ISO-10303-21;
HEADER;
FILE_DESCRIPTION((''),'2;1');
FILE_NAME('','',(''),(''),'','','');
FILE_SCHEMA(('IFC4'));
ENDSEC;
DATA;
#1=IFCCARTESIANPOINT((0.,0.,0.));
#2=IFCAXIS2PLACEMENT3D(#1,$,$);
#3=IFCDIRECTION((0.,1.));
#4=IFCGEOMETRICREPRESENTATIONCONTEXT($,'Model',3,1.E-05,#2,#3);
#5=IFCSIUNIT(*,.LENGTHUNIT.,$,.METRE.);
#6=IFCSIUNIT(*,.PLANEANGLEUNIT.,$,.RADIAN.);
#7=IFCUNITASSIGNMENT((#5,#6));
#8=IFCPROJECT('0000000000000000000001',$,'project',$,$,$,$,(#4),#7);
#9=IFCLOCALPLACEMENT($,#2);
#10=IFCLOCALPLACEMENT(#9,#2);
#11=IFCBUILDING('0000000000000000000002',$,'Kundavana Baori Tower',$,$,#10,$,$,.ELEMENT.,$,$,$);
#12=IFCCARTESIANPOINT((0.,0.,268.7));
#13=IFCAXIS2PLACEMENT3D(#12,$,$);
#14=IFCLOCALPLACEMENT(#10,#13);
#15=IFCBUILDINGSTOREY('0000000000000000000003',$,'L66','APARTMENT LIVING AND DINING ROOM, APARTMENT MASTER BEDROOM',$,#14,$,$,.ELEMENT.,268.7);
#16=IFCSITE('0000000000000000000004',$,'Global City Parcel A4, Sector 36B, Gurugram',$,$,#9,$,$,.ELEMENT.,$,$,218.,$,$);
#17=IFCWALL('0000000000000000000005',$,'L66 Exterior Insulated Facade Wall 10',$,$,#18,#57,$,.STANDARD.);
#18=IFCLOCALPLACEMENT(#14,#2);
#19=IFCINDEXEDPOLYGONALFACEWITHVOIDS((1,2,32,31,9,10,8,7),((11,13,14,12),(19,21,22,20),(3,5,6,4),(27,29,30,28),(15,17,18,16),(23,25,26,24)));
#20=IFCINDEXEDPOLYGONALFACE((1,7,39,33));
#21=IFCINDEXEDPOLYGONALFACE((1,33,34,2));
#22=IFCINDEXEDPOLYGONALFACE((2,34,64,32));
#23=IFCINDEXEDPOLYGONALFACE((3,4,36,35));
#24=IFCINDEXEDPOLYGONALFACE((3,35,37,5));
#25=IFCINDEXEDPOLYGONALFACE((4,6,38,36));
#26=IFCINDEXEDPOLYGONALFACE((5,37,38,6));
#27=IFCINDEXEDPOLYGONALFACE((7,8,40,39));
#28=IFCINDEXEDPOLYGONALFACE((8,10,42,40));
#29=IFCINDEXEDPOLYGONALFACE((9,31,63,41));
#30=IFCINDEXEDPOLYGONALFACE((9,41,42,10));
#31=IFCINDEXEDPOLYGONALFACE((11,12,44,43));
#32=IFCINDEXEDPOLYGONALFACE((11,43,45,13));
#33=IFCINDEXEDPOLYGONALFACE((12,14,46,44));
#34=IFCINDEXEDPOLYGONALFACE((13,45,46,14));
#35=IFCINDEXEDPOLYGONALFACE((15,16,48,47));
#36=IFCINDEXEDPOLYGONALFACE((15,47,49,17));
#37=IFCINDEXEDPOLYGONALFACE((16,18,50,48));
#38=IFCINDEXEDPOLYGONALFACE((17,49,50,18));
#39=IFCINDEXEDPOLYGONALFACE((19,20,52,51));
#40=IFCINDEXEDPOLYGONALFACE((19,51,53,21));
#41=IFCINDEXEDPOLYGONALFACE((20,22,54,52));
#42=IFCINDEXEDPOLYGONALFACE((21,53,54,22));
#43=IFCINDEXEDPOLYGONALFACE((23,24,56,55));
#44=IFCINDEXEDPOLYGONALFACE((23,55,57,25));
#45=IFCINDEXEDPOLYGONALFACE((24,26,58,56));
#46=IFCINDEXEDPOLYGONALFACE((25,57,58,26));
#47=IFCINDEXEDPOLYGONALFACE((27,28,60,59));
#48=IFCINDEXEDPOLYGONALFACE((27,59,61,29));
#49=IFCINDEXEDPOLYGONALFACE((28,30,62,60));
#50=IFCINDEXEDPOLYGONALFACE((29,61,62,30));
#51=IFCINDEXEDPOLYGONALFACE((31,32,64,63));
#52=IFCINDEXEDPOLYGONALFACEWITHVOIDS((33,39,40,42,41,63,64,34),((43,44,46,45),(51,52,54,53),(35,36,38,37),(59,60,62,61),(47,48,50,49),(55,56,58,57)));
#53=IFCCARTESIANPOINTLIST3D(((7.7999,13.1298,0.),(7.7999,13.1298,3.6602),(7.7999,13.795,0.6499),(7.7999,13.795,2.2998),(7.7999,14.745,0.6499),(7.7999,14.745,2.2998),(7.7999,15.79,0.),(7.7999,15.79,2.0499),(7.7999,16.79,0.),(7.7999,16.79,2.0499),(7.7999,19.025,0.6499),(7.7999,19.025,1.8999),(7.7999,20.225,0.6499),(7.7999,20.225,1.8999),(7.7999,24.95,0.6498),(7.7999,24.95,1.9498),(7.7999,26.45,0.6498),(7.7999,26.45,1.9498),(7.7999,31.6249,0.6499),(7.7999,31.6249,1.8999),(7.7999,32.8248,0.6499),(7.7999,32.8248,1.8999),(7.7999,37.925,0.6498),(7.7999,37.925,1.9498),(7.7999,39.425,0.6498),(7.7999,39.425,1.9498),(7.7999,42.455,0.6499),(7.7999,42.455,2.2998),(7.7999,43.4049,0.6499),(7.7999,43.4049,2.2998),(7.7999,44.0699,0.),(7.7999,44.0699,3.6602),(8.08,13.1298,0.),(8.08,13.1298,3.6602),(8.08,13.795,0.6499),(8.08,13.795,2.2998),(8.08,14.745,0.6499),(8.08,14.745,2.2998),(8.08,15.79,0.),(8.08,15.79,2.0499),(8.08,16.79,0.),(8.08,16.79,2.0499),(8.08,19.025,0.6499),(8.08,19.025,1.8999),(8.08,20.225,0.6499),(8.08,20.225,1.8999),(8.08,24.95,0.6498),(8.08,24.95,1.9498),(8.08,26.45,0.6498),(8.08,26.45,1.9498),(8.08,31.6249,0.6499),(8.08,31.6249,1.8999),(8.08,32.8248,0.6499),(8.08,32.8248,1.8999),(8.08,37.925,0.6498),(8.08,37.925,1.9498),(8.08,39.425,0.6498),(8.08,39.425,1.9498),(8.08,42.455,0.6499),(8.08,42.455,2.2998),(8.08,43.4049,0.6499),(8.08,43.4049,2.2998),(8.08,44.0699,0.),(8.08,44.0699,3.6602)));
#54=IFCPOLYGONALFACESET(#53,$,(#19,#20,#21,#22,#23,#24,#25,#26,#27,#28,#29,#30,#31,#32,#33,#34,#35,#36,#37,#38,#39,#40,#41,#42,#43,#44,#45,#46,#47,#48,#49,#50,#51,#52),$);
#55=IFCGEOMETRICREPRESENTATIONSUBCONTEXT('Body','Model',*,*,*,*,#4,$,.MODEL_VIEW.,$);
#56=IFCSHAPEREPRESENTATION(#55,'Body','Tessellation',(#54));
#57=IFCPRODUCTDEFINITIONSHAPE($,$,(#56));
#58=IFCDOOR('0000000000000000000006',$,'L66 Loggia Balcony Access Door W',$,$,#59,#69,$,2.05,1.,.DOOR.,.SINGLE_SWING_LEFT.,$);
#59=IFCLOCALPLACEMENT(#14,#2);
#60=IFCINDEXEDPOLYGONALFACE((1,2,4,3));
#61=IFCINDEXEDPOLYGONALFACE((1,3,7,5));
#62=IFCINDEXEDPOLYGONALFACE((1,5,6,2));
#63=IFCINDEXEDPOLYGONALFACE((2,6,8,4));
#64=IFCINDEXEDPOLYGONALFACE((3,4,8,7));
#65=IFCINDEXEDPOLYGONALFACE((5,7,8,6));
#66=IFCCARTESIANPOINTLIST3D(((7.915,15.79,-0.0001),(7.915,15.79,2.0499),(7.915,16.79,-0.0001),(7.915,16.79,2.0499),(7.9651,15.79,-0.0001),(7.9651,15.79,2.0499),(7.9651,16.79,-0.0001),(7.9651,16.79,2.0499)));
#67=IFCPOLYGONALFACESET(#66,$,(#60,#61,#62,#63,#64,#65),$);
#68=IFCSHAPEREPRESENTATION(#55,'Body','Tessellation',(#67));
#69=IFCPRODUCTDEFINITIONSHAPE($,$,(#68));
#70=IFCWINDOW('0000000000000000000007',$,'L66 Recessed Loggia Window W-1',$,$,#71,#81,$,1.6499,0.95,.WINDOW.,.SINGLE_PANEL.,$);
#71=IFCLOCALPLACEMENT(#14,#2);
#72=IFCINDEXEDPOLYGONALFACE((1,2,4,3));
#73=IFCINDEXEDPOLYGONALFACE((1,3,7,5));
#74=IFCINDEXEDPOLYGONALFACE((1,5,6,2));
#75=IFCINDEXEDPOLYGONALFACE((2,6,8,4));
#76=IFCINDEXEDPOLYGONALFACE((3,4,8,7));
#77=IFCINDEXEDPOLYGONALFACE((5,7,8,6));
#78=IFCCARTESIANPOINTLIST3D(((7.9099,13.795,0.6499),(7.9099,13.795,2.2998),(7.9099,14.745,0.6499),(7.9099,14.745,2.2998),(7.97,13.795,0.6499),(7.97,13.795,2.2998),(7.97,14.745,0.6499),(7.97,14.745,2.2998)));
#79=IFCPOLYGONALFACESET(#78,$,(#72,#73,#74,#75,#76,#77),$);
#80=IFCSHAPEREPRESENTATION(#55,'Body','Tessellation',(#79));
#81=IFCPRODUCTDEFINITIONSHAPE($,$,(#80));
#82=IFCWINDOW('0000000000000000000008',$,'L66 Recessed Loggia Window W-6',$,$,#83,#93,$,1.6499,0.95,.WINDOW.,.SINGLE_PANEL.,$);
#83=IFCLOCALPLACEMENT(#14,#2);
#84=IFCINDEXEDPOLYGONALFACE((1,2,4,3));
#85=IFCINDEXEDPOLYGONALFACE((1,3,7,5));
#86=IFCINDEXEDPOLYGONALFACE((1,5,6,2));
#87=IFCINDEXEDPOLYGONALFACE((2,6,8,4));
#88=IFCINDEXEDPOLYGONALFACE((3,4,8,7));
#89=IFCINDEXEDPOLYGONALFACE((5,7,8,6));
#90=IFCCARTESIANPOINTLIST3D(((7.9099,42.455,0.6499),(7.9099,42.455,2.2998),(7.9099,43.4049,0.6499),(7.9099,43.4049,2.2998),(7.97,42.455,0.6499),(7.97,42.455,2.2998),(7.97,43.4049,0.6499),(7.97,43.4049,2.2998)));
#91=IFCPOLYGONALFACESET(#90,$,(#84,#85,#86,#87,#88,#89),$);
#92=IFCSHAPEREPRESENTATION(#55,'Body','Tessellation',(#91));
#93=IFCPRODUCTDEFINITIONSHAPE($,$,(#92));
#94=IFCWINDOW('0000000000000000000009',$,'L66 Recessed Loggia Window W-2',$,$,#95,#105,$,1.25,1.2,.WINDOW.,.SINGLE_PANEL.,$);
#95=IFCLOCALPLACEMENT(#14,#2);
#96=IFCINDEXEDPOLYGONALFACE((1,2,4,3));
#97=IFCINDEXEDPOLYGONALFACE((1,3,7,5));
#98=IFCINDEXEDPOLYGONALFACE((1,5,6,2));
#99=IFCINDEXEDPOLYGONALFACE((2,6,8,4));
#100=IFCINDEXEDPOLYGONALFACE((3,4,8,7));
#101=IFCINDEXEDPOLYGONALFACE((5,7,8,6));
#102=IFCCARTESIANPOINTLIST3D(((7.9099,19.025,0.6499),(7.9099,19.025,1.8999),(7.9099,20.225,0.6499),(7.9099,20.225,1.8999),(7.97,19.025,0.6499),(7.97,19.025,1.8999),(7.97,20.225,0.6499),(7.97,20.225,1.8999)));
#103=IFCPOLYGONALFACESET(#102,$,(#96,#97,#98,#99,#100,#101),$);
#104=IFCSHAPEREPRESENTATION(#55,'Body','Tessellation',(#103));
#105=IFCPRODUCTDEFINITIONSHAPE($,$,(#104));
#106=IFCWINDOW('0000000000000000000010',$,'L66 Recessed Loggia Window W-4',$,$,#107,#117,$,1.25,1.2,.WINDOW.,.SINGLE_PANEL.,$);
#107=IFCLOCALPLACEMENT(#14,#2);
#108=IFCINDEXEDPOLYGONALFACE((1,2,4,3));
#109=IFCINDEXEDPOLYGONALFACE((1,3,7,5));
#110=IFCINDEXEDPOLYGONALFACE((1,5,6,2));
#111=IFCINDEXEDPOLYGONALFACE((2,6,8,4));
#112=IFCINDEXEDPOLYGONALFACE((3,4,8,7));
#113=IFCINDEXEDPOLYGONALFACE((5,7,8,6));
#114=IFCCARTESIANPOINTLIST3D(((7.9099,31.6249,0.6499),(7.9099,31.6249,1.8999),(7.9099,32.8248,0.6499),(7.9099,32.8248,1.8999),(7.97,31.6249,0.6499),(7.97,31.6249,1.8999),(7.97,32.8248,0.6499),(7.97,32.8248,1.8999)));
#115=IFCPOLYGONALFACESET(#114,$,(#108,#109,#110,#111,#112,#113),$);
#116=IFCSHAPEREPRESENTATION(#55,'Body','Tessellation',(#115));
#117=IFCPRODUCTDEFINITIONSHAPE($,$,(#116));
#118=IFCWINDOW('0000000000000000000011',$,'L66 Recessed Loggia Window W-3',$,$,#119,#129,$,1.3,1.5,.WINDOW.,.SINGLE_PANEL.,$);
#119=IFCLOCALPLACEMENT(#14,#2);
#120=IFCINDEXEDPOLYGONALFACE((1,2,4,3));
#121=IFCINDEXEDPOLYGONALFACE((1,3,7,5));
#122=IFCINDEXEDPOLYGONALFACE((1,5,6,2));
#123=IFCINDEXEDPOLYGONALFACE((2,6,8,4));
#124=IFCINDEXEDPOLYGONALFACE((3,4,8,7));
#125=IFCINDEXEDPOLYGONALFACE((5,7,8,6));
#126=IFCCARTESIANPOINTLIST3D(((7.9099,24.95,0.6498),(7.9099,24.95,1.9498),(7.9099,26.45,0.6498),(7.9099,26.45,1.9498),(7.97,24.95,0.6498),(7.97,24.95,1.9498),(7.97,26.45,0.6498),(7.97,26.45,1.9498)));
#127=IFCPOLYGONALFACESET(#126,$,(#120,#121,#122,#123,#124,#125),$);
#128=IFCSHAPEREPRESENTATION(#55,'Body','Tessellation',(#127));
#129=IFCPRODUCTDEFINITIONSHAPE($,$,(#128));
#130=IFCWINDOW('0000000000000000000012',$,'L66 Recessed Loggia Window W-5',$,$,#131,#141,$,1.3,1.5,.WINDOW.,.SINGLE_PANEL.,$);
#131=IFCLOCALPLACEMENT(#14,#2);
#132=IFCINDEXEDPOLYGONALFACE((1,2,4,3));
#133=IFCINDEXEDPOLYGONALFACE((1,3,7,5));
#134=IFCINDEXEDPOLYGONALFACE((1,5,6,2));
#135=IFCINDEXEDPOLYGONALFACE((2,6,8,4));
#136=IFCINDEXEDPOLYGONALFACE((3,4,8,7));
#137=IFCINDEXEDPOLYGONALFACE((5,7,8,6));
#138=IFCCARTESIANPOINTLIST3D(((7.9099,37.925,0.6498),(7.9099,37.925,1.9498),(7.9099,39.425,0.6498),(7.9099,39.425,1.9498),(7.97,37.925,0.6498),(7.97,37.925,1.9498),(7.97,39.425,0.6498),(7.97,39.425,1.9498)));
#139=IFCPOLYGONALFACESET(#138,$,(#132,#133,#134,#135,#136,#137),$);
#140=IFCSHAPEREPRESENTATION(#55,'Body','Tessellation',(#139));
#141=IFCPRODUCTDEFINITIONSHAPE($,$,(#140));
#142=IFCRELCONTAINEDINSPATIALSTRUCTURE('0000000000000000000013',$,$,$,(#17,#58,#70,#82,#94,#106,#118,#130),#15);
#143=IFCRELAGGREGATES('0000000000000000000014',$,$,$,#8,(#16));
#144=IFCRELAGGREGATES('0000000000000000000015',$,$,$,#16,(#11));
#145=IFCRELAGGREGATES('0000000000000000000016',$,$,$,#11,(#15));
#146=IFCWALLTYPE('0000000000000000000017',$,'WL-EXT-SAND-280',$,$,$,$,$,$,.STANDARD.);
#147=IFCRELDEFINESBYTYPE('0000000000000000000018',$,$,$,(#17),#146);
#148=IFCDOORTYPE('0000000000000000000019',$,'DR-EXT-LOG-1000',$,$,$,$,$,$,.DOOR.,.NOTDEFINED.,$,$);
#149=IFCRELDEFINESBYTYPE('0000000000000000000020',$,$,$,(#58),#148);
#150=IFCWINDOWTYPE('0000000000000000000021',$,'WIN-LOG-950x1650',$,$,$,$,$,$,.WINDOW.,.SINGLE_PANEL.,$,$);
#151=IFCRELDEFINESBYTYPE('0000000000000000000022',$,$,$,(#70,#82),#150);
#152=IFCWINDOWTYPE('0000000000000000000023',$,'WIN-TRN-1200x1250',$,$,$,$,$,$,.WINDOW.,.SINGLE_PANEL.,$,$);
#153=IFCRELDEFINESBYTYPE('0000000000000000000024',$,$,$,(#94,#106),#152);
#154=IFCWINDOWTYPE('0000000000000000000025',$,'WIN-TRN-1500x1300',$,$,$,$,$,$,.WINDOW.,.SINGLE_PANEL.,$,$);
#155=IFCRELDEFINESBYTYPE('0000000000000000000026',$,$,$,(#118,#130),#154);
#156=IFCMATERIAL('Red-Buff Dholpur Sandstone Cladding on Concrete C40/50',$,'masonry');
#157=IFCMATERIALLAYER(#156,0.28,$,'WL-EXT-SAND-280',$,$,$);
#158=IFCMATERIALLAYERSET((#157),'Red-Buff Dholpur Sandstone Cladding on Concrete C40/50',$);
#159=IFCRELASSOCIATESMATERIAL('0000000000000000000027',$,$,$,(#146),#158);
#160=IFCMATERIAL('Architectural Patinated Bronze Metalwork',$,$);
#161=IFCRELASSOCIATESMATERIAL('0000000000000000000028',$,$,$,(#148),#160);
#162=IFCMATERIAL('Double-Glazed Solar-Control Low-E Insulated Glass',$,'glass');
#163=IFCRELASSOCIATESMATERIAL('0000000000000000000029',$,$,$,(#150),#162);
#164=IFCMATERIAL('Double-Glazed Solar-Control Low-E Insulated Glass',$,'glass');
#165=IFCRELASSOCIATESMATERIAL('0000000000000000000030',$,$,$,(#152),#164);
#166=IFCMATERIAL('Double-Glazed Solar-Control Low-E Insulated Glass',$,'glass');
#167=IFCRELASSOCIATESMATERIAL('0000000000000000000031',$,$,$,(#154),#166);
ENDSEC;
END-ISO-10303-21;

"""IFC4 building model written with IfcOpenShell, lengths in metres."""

from ifc_helpers import new_model, si_unit, direction, frame, frame_2d, origin, place, context, subcontext, project, spatial, rectangle, extrude, material, layer, layer_set, type_object, element, fill, save


model = new_model("IFC4")

# Units and contexts
model_context = context("Model", 3, precision=1e-05, world=origin(), true_north=direction((0.0, 1.0)))
body_context = subcontext(model_context, "Body", "Model", "MODEL_VIEW")
ifc_project = project(units=[si_unit("LENGTHUNIT", "METRE"), si_unit("PLANEANGLEUNIT", "RADIAN")], contexts=[model_context])

# Site, building, storey
site_placement = place(None, origin())
site = spatial("IfcSite", under=ifc_project, at=site_placement, Name="Global City Parcel A4, Sector 36B, Gurugram", CompositionType="ELEMENT", RefElevation=218.0)
building_placement = place(site_placement, origin())
building = spatial("IfcBuilding", under=site, at=building_placement, Name="Kundavana Baori Tower", CompositionType="ELEMENT")
storey_placement = place(building_placement, frame((0.0, 0.0, 268.7)))
storey = spatial("IfcBuildingStorey", under=building, at=storey_placement, Name="L66", Description="APARTMENT LIVING AND DINING ROOM, APARTMENT MASTER BEDROOM", CompositionType="ELEMENT", Elevation=268.7)

# Shared definitions
ifc_material_1 = material(Name="Red-Buff Dholpur Sandstone Cladding on Concrete C40/50", Category="masonry")
ifc_layer_1 = layer(ifc_material_1, 0.28, Name="WL-EXT-SAND-280")
ifc_layer_set_1 = layer_set([ifc_layer_1], Name="Red-Buff Dholpur Sandstone Cladding on Concrete C40/50")
wall_type_1 = type_object("IfcWallType", Name="WL-EXT-SAND-280", PredefinedType="STANDARD", material=ifc_layer_set_1)

# Wall, openings, door, windows
wall_1_placement = place(storey_placement, frame((7.9399, 44.0701, 0.0), z_axis=(0.0, 0.0, 1.0), x_axis=(0.0, -1.0, 0.0)))
wall_1 = element("IfcWall", 1, at=wall_1_placement, inside=storey, type_object=wall_type_1, Name="L66 Exterior Insulated Facade Wall 10", PredefinedType="STANDARD", context=body_context, shape_type="SweptSolid", body=[
    extrude(rectangle(XDim=30.9402, YDim=0.28, at=frame_2d((15.4702, 0.0))), origin(), (0.0, 0.0, 1.0), 3.6602),
])
opening_1_placement = place(wall_1_placement, frame((29.325, 0.0, 0.6499)))
opening_1 = element("IfcOpeningElement", 2, at=opening_1_placement, cuts=wall_1, PredefinedType="OPENING", context=body_context, shape_type="SweptSolid", body=[
    extrude(rectangle(XDim=0.95, YDim=1.6499, at=frame_2d((0.4751, 0.825))), frame((0.0, 0.1499, 0.0), z_axis=(0.0, -1.0, 0.0), x_axis=(1.0, 0.0, 0.0)), (0.0, 0.0, 1.0), 0.3),
])
opening_2_placement = place(wall_1_placement, frame((27.28, 0.0, 0.0)))
opening_2 = element("IfcOpeningElement", 3, at=opening_2_placement, cuts=wall_1, PredefinedType="OPENING", context=body_context, shape_type="SweptSolid", body=[
    extrude(rectangle(XDim=1.0, YDim=2.05, at=frame_2d((0.5, 1.0249))), frame((0.0, 0.1499, 0.0), z_axis=(0.0, -1.0, 0.0), x_axis=(1.0, 0.0, 0.0)), (0.0, 0.0, 1.0), 0.3),
])
opening_3_placement = place(wall_1_placement, frame((23.845, 0.0, 0.6499)))
opening_3 = element("IfcOpeningElement", 4, at=opening_3_placement, cuts=wall_1, PredefinedType="OPENING", context=body_context, shape_type="SweptSolid", body=[
    extrude(rectangle(XDim=1.2, YDim=1.25, at=frame_2d((0.6001, 0.625))), frame((0.0, 0.1499, 0.0), z_axis=(0.0, -1.0, 0.0), x_axis=(1.0, 0.0, 0.0)), (0.0, 0.0, 1.0), 0.3),
])
opening_4_placement = place(wall_1_placement, frame((17.6201, 0.0, 0.6499)))
opening_4 = element("IfcOpeningElement", 5, at=opening_4_placement, cuts=wall_1, PredefinedType="OPENING", context=body_context, shape_type="SweptSolid", body=[
    extrude(rectangle(XDim=1.5, YDim=1.3, at=frame_2d((0.75, 0.6499))), frame((0.0, 0.1499, 0.0), z_axis=(0.0, -1.0, 0.0), x_axis=(1.0, 0.0, 0.0)), (0.0, 0.0, 1.0), 0.3),
])
opening_5_placement = place(wall_1_placement, frame((11.2451, 0.0, 0.6499)))
opening_5 = element("IfcOpeningElement", 6, at=opening_5_placement, cuts=wall_1, PredefinedType="OPENING", context=body_context, shape_type="SweptSolid", body=[
    extrude(rectangle(XDim=1.2, YDim=1.25, at=frame_2d((0.6001, 0.625))), frame((0.0, 0.1499, 0.0), z_axis=(0.0, -1.0, 0.0), x_axis=(1.0, 0.0, 0.0)), (0.0, 0.0, 1.0), 0.3),
])
opening_6_placement = place(wall_1_placement, frame((4.645, 0.0, 0.6499)))
opening_6 = element("IfcOpeningElement", 7, at=opening_6_placement, cuts=wall_1, PredefinedType="OPENING", context=body_context, shape_type="SweptSolid", body=[
    extrude(rectangle(XDim=1.5, YDim=1.3, at=frame_2d((0.75, 0.6499))), frame((0.0, 0.1499, 0.0), z_axis=(0.0, -1.0, 0.0), x_axis=(1.0, 0.0, 0.0)), (0.0, 0.0, 1.0), 0.3),
])
opening_7_placement = place(wall_1_placement, frame((0.665, 0.0, 0.6499)))
opening_7 = element("IfcOpeningElement", 8, at=opening_7_placement, cuts=wall_1, PredefinedType="OPENING", context=body_context, shape_type="SweptSolid", body=[
    extrude(rectangle(XDim=0.95, YDim=1.6499, at=frame_2d((0.4751, 0.825))), frame((0.0, 0.1499, 0.0), z_axis=(0.0, -1.0, 0.0), x_axis=(1.0, 0.0, 0.0)), (0.0, 0.0, 1.0), 0.3),
])
ifc_material_2 = material(Name="Architectural Patinated Bronze Metalwork")
door_type_1 = type_object("IfcDoorType", Name="DR-EXT-LOG-1000", OperationType="NOTDEFINED", PredefinedType="DOOR", material=ifc_material_2)
door_1_placement = place(opening_2_placement, frame((1.0, 0.0, 0.0), z_axis=(0.0, 0.0, 1.0), x_axis=(-1.0, 0.0, 0.0)))
door_1 = element("IfcDoor", 9, at=door_1_placement, inside=storey, type_object=door_type_1, Name="L66 Loggia Balcony Access Door W", OperationType="SINGLE_SWING_LEFT", OverallHeight=2.05, OverallWidth=1.0, PredefinedType="DOOR", context=body_context, shape_type="SweptSolid", body=[
    extrude(rectangle(XDim=1.0, YDim=2.05, at=frame_2d((0.5, 1.0249))), frame((0.0, 0.0249, 0.0), z_axis=(0.0, -1.0, 0.0), x_axis=(1.0, 0.0, 0.0)), (0.0, 0.0, 1.0), 0.05),
])
fill(opening_2, door_1)
ifc_material_3 = material(Name="Double-Glazed Solar-Control Low-E Insulated Glass", Category="glass")
window_type_1 = type_object("IfcWindowType", Name="WIN-LOG-950x1650", PartitioningType="SINGLE_PANEL", PredefinedType="WINDOW", material=ifc_material_3)
window_1_placement = place(opening_1_placement, origin())
window_1 = element("IfcWindow", 10, at=window_1_placement, inside=storey, type_object=window_type_1, Name="L66 Recessed Loggia Window W-1", OverallHeight=1.6499, OverallWidth=0.95, PartitioningType="SINGLE_PANEL", PredefinedType="WINDOW", context=body_context, shape_type="SweptSolid", body=[
    extrude(rectangle(XDim=0.95, YDim=1.6499, at=frame_2d((0.4751, 0.825))), frame((0.0, 0.03, 0.0), z_axis=(0.0, -1.0, 0.0), x_axis=(1.0, 0.0, 0.0)), (0.0, 0.0, 1.0), 0.0601),
])
fill(opening_1, window_1)
window_2_placement = place(opening_7_placement, origin())
window_2 = element("IfcWindow", 11, at=window_2_placement, inside=storey, type_object=window_type_1, Name="L66 Recessed Loggia Window W-6", OverallHeight=1.6499, OverallWidth=0.95, PartitioningType="SINGLE_PANEL", PredefinedType="WINDOW", context=body_context, shape_type="SweptSolid", body=[
    extrude(rectangle(XDim=0.95, YDim=1.6499, at=frame_2d((0.4751, 0.825))), frame((0.0, 0.03, 0.0), z_axis=(0.0, -1.0, 0.0), x_axis=(1.0, 0.0, 0.0)), (0.0, 0.0, 1.0), 0.0601),
])
fill(opening_7, window_2)
ifc_material_4 = material(Name="Double-Glazed Solar-Control Low-E Insulated Glass", Category="glass")
window_type_2 = type_object("IfcWindowType", Name="WIN-TRN-1200x1250", PartitioningType="SINGLE_PANEL", PredefinedType="WINDOW", material=ifc_material_4)
window_3_placement = place(opening_3_placement, origin())
window_3 = element("IfcWindow", 12, at=window_3_placement, inside=storey, type_object=window_type_2, Name="L66 Recessed Loggia Window W-2", OverallHeight=1.25, OverallWidth=1.2, PartitioningType="SINGLE_PANEL", PredefinedType="WINDOW", context=body_context, shape_type="SweptSolid", body=[
    extrude(rectangle(XDim=1.2, YDim=1.25, at=frame_2d((0.6001, 0.625))), frame((0.0, 0.03, 0.0), z_axis=(0.0, -1.0, 0.0), x_axis=(1.0, 0.0, 0.0)), (0.0, 0.0, 1.0), 0.0601),
])
fill(opening_3, window_3)
window_4_placement = place(opening_5_placement, origin())
window_4 = element("IfcWindow", 13, at=window_4_placement, inside=storey, type_object=window_type_2, Name="L66 Recessed Loggia Window W-4", OverallHeight=1.25, OverallWidth=1.2, PartitioningType="SINGLE_PANEL", PredefinedType="WINDOW", context=body_context, shape_type="SweptSolid", body=[
    extrude(rectangle(XDim=1.2, YDim=1.25, at=frame_2d((0.6001, 0.625))), frame((0.0, 0.03, 0.0), z_axis=(0.0, -1.0, 0.0), x_axis=(1.0, 0.0, 0.0)), (0.0, 0.0, 1.0), 0.0601),
])
fill(opening_5, window_4)
ifc_material_5 = material(Name="Double-Glazed Solar-Control Low-E Insulated Glass", Category="glass")
window_type_3 = type_object("IfcWindowType", Name="WIN-TRN-1500x1300", PartitioningType="SINGLE_PANEL", PredefinedType="WINDOW", material=ifc_material_5)
window_5_placement = place(opening_4_placement, origin())
window_5 = element("IfcWindow", 14, at=window_5_placement, inside=storey, type_object=window_type_3, Name="L66 Recessed Loggia Window W-3", OverallHeight=1.3, OverallWidth=1.5, PartitioningType="SINGLE_PANEL", PredefinedType="WINDOW", context=body_context, shape_type="SweptSolid", body=[
    extrude(rectangle(XDim=1.5, YDim=1.3, at=frame_2d((0.75, 0.6499))), frame((0.0, 0.03, 0.0), z_axis=(0.0, -1.0, 0.0), x_axis=(1.0, 0.0, 0.0)), (0.0, 0.0, 1.0), 0.0601),
])
fill(opening_4, window_5)
window_6_placement = place(opening_6_placement, origin())
window_6 = element("IfcWindow", 15, at=window_6_placement, inside=storey, type_object=window_type_3, Name="L66 Recessed Loggia Window W-5", OverallHeight=1.3, OverallWidth=1.5, PartitioningType="SINGLE_PANEL", PredefinedType="WINDOW", context=body_context, shape_type="SweptSolid", body=[
    extrude(rectangle(XDim=1.5, YDim=1.3, at=frame_2d((0.75, 0.6499))), frame((0.0, 0.03, 0.0), z_axis=(0.0, -1.0, 0.0), x_axis=(1.0, 0.0, 0.0)), (0.0, 0.0, 1.0), 0.0601),
])
fill(opening_6, window_6)

save(model, "model.ifc")
